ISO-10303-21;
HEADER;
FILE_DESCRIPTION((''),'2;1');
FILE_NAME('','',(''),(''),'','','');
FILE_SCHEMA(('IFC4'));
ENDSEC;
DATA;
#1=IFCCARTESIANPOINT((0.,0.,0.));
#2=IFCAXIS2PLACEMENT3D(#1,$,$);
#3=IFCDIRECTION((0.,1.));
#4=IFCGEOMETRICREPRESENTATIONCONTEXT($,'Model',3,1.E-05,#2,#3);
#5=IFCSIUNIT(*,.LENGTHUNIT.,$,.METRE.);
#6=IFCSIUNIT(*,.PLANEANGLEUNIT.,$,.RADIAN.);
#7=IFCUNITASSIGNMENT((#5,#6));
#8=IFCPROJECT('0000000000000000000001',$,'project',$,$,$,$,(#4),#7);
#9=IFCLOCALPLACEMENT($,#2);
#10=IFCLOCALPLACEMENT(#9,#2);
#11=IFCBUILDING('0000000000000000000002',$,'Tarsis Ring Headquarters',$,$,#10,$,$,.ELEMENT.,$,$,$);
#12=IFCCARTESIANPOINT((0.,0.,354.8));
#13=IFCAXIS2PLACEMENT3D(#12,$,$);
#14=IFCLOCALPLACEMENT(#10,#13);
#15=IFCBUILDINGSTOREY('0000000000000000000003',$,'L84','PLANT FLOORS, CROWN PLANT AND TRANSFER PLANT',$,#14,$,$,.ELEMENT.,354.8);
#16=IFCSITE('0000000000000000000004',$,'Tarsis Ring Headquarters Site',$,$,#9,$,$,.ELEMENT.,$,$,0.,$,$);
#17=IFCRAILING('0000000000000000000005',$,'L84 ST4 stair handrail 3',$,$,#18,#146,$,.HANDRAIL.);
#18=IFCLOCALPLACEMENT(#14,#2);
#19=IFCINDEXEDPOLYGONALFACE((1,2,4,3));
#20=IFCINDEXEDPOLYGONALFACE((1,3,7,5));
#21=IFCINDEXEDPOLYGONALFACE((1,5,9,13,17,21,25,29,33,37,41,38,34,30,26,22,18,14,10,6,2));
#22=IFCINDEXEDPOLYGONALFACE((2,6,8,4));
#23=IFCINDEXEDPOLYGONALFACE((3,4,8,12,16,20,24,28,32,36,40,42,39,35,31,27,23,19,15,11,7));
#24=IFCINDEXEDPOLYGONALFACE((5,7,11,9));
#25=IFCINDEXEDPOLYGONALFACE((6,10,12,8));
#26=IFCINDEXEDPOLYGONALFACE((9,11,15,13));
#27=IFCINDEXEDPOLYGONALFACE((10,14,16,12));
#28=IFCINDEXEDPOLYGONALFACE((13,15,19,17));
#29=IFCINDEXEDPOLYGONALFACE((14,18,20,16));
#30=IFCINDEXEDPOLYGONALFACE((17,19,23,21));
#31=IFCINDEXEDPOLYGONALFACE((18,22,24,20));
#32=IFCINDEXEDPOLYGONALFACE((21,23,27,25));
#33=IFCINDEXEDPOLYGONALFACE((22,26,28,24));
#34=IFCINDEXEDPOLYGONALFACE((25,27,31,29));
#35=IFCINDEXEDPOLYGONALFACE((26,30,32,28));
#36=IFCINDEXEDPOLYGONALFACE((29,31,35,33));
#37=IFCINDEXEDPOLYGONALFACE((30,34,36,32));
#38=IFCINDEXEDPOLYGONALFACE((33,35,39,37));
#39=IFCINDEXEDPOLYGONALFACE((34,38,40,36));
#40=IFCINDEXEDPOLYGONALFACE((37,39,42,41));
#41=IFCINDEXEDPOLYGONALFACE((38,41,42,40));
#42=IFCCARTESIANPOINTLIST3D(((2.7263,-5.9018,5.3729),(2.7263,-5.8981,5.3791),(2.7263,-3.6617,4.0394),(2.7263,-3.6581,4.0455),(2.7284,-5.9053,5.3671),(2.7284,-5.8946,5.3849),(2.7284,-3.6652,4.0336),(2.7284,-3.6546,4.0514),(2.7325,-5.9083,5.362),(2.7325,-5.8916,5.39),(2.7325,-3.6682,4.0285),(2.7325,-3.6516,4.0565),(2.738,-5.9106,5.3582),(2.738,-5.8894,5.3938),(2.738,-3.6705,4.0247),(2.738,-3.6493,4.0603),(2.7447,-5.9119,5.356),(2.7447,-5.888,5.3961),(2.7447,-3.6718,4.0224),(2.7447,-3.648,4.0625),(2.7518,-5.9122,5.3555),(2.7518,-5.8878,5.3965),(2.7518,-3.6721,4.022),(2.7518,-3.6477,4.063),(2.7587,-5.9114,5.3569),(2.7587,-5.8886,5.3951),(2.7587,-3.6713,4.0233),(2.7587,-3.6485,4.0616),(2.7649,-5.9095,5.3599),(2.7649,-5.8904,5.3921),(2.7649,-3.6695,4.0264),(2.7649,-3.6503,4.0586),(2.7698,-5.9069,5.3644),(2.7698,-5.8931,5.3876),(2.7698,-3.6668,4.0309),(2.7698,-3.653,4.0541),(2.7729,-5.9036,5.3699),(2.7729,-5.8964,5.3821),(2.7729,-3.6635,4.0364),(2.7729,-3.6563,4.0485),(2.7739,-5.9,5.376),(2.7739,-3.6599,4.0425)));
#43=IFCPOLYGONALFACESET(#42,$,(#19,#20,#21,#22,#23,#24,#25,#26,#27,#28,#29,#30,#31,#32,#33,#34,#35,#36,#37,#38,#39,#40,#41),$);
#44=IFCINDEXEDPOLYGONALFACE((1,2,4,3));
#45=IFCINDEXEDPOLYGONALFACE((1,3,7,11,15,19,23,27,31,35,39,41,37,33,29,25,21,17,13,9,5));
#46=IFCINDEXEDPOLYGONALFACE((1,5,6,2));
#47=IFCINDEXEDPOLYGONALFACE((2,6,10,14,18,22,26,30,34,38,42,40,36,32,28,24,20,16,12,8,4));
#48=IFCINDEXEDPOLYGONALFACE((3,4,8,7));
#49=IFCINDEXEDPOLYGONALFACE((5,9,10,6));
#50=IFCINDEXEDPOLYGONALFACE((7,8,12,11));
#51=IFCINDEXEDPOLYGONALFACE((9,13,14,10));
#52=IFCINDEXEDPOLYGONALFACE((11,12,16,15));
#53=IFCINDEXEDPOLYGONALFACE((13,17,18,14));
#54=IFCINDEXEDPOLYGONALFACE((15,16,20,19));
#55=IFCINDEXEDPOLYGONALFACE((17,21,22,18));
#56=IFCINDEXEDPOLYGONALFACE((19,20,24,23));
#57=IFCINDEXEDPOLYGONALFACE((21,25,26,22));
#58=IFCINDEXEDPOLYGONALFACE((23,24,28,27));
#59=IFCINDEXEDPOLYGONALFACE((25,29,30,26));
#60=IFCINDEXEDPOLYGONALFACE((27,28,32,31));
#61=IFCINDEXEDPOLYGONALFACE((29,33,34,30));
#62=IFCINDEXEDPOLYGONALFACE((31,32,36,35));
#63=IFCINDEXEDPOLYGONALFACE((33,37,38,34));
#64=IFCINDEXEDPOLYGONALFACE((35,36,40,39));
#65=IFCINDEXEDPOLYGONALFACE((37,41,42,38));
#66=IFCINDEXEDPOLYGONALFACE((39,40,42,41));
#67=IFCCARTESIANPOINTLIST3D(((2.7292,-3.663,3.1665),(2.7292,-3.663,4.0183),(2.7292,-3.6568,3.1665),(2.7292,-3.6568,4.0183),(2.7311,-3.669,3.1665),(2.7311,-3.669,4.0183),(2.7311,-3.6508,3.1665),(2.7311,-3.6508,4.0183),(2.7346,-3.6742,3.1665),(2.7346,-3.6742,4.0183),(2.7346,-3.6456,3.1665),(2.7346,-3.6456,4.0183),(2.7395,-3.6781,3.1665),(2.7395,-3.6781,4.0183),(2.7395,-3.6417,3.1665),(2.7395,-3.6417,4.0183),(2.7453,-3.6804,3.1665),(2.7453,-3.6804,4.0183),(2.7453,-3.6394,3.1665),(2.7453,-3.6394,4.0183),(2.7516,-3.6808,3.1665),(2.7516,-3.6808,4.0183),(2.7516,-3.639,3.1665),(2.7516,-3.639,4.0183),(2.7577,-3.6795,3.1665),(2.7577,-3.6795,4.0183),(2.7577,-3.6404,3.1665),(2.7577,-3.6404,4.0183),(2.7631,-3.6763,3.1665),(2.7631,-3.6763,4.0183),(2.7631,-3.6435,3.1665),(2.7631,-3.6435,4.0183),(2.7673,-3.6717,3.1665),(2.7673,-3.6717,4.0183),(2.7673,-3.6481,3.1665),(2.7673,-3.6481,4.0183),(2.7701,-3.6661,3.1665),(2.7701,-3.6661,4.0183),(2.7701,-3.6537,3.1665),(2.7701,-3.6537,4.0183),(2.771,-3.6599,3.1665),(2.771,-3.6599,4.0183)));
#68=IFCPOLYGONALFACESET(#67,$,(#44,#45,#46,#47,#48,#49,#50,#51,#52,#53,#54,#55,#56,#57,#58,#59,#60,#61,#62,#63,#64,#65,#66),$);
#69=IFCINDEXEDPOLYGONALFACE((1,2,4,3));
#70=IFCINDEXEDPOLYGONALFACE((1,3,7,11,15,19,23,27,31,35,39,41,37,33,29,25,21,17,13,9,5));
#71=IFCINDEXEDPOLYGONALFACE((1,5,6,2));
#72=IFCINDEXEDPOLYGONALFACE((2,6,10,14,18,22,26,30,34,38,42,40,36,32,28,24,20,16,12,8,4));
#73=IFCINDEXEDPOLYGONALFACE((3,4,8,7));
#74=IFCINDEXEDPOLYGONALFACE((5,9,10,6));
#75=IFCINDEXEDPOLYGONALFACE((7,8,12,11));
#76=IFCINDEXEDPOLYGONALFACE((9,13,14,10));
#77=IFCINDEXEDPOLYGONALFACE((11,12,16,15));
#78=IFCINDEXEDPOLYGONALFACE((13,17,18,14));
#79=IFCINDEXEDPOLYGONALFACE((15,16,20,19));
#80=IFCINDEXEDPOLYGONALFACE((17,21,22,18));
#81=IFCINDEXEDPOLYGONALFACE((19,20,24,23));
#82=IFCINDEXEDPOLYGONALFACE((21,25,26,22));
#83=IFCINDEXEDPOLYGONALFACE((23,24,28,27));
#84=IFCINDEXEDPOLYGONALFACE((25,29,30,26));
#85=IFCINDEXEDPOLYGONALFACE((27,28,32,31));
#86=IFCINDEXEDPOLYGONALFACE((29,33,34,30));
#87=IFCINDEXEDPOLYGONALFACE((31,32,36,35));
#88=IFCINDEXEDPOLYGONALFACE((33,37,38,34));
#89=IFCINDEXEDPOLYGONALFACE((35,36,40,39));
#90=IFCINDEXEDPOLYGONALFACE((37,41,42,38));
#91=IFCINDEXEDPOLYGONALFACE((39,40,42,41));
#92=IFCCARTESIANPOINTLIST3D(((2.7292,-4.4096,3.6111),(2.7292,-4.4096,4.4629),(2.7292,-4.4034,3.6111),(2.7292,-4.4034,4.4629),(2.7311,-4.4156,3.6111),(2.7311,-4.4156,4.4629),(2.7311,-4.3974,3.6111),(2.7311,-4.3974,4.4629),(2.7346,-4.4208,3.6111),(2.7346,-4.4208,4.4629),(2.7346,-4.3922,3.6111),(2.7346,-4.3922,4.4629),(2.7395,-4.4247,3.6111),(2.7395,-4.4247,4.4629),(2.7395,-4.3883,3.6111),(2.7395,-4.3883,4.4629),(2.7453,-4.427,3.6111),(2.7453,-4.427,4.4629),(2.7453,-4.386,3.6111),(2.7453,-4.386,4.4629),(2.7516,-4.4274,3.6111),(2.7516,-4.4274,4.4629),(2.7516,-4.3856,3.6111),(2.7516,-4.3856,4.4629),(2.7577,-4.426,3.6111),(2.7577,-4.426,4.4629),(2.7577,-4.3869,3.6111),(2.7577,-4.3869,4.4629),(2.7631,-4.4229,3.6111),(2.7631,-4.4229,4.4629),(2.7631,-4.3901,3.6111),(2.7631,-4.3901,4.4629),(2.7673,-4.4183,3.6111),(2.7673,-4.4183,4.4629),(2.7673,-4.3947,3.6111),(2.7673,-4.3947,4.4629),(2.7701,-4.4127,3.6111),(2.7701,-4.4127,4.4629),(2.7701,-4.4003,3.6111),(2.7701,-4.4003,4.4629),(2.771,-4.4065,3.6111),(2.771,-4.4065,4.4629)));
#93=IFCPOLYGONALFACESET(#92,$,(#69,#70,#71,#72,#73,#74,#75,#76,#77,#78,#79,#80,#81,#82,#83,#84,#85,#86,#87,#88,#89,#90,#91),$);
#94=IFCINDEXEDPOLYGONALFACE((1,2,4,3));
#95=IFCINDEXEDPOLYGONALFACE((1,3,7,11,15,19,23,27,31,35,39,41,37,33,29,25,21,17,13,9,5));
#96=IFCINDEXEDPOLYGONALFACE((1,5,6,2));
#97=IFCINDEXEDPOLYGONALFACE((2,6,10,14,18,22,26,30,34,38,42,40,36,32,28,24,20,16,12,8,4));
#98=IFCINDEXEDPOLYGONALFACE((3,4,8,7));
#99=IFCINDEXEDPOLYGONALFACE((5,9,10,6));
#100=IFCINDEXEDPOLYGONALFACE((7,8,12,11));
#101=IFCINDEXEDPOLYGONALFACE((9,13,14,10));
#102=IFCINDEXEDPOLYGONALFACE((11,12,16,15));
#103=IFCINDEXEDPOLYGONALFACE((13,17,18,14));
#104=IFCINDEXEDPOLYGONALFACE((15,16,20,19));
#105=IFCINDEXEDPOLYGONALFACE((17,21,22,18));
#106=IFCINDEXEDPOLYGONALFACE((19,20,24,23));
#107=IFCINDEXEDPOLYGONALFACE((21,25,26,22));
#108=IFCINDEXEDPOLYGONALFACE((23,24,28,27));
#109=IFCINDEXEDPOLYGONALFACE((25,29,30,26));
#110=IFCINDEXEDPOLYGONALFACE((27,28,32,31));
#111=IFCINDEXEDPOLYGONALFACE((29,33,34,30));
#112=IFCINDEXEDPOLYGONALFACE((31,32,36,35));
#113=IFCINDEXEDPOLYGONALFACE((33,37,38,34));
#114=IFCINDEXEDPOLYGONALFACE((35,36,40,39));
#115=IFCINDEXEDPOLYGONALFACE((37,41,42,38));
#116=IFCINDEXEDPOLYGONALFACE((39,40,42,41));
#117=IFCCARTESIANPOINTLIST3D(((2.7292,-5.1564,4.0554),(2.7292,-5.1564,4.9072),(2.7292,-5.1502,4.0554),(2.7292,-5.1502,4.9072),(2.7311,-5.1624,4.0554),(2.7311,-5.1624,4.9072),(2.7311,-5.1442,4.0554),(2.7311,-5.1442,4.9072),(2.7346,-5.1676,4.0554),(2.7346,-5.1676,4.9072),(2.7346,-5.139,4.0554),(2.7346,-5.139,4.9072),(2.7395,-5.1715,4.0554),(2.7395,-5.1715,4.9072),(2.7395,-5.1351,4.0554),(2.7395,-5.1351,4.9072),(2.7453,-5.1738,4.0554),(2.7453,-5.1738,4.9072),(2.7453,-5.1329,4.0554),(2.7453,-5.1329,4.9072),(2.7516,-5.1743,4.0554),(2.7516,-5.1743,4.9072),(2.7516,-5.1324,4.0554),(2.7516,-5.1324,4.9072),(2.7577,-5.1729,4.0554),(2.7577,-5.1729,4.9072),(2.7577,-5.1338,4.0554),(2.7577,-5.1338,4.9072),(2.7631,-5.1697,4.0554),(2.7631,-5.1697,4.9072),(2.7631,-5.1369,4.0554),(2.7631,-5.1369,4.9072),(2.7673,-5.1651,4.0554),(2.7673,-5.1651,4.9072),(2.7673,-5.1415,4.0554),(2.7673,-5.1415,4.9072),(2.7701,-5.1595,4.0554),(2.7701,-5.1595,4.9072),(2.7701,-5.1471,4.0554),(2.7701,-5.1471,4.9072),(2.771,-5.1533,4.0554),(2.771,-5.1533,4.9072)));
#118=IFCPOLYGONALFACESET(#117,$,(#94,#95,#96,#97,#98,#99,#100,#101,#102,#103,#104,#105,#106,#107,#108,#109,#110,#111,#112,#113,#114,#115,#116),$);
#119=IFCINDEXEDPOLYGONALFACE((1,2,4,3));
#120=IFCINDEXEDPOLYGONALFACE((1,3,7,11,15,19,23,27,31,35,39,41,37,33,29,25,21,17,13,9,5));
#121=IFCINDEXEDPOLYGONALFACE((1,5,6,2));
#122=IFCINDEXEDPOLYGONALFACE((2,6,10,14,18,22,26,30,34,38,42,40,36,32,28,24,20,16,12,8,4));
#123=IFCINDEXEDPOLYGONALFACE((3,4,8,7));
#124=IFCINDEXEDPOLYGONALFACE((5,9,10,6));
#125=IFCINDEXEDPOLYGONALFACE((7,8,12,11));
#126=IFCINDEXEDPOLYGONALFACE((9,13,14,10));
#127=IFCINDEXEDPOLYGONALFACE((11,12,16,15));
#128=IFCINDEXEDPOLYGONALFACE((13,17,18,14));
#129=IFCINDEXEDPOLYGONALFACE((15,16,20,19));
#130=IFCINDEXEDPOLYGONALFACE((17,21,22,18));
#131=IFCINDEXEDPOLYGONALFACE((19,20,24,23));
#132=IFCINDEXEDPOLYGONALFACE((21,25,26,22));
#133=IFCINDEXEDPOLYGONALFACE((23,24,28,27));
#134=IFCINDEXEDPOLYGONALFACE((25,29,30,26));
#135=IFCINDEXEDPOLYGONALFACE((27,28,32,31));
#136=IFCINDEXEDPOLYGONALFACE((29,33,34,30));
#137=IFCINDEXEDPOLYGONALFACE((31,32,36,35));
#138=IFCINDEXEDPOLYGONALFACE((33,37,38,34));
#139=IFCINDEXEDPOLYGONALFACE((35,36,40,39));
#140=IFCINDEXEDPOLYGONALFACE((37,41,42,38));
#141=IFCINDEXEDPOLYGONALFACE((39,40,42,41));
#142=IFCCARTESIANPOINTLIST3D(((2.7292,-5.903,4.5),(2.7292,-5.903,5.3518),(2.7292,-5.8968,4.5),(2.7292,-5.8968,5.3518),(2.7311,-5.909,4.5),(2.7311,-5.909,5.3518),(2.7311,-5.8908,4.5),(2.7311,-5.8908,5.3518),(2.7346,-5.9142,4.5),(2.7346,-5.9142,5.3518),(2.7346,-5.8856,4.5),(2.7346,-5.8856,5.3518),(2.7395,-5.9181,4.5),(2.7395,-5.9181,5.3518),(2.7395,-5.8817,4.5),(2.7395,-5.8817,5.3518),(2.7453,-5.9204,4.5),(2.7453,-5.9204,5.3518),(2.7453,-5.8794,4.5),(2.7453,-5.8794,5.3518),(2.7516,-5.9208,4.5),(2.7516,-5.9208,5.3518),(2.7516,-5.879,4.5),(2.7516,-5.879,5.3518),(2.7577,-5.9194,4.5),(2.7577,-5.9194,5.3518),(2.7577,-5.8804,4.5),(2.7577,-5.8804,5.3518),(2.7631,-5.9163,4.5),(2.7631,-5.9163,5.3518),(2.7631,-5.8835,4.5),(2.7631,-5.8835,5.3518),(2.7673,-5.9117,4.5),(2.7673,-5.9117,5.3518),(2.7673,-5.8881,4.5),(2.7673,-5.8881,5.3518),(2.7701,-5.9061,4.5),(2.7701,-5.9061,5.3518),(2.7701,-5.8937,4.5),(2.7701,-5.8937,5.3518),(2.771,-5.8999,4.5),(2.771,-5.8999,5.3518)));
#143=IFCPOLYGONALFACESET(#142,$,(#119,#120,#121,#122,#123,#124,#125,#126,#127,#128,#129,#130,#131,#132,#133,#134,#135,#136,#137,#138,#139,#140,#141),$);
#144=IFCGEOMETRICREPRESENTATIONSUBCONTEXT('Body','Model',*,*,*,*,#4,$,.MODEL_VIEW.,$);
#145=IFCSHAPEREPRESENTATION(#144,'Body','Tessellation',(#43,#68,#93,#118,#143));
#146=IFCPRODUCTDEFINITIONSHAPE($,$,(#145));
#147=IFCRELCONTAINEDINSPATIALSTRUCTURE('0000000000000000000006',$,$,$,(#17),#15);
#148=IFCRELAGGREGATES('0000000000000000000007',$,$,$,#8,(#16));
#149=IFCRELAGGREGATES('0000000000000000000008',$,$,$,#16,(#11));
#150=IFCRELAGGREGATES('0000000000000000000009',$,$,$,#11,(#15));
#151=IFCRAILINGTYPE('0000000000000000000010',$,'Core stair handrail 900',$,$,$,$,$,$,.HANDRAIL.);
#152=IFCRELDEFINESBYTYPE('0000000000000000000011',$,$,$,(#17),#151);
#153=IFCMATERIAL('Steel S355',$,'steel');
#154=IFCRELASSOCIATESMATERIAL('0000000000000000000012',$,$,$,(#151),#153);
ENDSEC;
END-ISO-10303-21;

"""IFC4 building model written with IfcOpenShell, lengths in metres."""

from ifc_helpers import new_model, si_unit, direction, frame, origin, origin_2d, place, context, subcontext, project, spatial, circle, extrude, material, type_object, element, save


model = new_model("IFC4")

# Units and contexts
model_context = context("Model", 3, precision=1e-05, world=origin(), true_north=direction((0.0, 1.0)))
body_context = subcontext(model_context, "Body", "Model", "MODEL_VIEW")
ifc_project = project(units=[si_unit("LENGTHUNIT", "METRE"), si_unit("PLANEANGLEUNIT", "RADIAN")], contexts=[model_context])

# Site, building, storey
site_placement = place(None, origin())
site = spatial("IfcSite", under=ifc_project, at=site_placement, Name="Tarsis Ring Headquarters Site", CompositionType="ELEMENT", RefElevation=0.0)
building_placement = place(site_placement, origin())
building = spatial("IfcBuilding", under=site, at=building_placement, Name="Tarsis Ring Headquarters", CompositionType="ELEMENT")
storey_placement = place(building_placement, frame((0.0, 0.0, 354.8)))
storey = spatial("IfcBuildingStorey", under=building, at=storey_placement, Name="L84", Description="PLANT FLOORS, CROWN PLANT AND TRANSFER PLANT", CompositionType="ELEMENT", Elevation=354.8)

# Railing
ifc_material_1 = material(Name="Steel S355", Category="steel")
railing_type_1 = type_object("IfcRailingType", Name="Core stair handrail 900", PredefinedType="HANDRAIL", material=ifc_material_1)
railing_1_placement = place(storey_placement, frame((2.75, -3.6599, 3.1665)))
element("IfcRailing", 1, at=railing_1_placement, inside=storey, type_object=railing_type_1, Name="L84 ST4 stair handrail 3", PredefinedType="HANDRAIL", context=body_context, shape_type="SweptSolid", body=[
    extrude(circle(Radius=0.0239, at=origin_2d()), frame((0.0, 0.0, 0.876), z_axis=(0.0, -0.859264, 0.511532), x_axis=(1.0, 0.0, 0.0)), (0.0, 0.0, 1.0), 2.6069),
    extrude(circle(Radius=0.021, at=origin_2d()), origin(), (0.0, 0.0, 1.0), 0.8518),
    extrude(circle(Radius=0.021, at=origin_2d()), frame((0.0, -0.7466, 0.4446)), (0.0, 0.0, 1.0), 0.8518),
    extrude(circle(Radius=0.021, at=origin_2d()), frame((0.0, -1.4934, 0.8889)), (0.0, 0.0, 1.0), 0.8518),
    extrude(circle(Radius=0.021, at=origin_2d()), frame((0.0, -2.24, 1.3335)), (0.0, 0.0, 1.0), 0.8518),
])

save(model, "model.ifc")
